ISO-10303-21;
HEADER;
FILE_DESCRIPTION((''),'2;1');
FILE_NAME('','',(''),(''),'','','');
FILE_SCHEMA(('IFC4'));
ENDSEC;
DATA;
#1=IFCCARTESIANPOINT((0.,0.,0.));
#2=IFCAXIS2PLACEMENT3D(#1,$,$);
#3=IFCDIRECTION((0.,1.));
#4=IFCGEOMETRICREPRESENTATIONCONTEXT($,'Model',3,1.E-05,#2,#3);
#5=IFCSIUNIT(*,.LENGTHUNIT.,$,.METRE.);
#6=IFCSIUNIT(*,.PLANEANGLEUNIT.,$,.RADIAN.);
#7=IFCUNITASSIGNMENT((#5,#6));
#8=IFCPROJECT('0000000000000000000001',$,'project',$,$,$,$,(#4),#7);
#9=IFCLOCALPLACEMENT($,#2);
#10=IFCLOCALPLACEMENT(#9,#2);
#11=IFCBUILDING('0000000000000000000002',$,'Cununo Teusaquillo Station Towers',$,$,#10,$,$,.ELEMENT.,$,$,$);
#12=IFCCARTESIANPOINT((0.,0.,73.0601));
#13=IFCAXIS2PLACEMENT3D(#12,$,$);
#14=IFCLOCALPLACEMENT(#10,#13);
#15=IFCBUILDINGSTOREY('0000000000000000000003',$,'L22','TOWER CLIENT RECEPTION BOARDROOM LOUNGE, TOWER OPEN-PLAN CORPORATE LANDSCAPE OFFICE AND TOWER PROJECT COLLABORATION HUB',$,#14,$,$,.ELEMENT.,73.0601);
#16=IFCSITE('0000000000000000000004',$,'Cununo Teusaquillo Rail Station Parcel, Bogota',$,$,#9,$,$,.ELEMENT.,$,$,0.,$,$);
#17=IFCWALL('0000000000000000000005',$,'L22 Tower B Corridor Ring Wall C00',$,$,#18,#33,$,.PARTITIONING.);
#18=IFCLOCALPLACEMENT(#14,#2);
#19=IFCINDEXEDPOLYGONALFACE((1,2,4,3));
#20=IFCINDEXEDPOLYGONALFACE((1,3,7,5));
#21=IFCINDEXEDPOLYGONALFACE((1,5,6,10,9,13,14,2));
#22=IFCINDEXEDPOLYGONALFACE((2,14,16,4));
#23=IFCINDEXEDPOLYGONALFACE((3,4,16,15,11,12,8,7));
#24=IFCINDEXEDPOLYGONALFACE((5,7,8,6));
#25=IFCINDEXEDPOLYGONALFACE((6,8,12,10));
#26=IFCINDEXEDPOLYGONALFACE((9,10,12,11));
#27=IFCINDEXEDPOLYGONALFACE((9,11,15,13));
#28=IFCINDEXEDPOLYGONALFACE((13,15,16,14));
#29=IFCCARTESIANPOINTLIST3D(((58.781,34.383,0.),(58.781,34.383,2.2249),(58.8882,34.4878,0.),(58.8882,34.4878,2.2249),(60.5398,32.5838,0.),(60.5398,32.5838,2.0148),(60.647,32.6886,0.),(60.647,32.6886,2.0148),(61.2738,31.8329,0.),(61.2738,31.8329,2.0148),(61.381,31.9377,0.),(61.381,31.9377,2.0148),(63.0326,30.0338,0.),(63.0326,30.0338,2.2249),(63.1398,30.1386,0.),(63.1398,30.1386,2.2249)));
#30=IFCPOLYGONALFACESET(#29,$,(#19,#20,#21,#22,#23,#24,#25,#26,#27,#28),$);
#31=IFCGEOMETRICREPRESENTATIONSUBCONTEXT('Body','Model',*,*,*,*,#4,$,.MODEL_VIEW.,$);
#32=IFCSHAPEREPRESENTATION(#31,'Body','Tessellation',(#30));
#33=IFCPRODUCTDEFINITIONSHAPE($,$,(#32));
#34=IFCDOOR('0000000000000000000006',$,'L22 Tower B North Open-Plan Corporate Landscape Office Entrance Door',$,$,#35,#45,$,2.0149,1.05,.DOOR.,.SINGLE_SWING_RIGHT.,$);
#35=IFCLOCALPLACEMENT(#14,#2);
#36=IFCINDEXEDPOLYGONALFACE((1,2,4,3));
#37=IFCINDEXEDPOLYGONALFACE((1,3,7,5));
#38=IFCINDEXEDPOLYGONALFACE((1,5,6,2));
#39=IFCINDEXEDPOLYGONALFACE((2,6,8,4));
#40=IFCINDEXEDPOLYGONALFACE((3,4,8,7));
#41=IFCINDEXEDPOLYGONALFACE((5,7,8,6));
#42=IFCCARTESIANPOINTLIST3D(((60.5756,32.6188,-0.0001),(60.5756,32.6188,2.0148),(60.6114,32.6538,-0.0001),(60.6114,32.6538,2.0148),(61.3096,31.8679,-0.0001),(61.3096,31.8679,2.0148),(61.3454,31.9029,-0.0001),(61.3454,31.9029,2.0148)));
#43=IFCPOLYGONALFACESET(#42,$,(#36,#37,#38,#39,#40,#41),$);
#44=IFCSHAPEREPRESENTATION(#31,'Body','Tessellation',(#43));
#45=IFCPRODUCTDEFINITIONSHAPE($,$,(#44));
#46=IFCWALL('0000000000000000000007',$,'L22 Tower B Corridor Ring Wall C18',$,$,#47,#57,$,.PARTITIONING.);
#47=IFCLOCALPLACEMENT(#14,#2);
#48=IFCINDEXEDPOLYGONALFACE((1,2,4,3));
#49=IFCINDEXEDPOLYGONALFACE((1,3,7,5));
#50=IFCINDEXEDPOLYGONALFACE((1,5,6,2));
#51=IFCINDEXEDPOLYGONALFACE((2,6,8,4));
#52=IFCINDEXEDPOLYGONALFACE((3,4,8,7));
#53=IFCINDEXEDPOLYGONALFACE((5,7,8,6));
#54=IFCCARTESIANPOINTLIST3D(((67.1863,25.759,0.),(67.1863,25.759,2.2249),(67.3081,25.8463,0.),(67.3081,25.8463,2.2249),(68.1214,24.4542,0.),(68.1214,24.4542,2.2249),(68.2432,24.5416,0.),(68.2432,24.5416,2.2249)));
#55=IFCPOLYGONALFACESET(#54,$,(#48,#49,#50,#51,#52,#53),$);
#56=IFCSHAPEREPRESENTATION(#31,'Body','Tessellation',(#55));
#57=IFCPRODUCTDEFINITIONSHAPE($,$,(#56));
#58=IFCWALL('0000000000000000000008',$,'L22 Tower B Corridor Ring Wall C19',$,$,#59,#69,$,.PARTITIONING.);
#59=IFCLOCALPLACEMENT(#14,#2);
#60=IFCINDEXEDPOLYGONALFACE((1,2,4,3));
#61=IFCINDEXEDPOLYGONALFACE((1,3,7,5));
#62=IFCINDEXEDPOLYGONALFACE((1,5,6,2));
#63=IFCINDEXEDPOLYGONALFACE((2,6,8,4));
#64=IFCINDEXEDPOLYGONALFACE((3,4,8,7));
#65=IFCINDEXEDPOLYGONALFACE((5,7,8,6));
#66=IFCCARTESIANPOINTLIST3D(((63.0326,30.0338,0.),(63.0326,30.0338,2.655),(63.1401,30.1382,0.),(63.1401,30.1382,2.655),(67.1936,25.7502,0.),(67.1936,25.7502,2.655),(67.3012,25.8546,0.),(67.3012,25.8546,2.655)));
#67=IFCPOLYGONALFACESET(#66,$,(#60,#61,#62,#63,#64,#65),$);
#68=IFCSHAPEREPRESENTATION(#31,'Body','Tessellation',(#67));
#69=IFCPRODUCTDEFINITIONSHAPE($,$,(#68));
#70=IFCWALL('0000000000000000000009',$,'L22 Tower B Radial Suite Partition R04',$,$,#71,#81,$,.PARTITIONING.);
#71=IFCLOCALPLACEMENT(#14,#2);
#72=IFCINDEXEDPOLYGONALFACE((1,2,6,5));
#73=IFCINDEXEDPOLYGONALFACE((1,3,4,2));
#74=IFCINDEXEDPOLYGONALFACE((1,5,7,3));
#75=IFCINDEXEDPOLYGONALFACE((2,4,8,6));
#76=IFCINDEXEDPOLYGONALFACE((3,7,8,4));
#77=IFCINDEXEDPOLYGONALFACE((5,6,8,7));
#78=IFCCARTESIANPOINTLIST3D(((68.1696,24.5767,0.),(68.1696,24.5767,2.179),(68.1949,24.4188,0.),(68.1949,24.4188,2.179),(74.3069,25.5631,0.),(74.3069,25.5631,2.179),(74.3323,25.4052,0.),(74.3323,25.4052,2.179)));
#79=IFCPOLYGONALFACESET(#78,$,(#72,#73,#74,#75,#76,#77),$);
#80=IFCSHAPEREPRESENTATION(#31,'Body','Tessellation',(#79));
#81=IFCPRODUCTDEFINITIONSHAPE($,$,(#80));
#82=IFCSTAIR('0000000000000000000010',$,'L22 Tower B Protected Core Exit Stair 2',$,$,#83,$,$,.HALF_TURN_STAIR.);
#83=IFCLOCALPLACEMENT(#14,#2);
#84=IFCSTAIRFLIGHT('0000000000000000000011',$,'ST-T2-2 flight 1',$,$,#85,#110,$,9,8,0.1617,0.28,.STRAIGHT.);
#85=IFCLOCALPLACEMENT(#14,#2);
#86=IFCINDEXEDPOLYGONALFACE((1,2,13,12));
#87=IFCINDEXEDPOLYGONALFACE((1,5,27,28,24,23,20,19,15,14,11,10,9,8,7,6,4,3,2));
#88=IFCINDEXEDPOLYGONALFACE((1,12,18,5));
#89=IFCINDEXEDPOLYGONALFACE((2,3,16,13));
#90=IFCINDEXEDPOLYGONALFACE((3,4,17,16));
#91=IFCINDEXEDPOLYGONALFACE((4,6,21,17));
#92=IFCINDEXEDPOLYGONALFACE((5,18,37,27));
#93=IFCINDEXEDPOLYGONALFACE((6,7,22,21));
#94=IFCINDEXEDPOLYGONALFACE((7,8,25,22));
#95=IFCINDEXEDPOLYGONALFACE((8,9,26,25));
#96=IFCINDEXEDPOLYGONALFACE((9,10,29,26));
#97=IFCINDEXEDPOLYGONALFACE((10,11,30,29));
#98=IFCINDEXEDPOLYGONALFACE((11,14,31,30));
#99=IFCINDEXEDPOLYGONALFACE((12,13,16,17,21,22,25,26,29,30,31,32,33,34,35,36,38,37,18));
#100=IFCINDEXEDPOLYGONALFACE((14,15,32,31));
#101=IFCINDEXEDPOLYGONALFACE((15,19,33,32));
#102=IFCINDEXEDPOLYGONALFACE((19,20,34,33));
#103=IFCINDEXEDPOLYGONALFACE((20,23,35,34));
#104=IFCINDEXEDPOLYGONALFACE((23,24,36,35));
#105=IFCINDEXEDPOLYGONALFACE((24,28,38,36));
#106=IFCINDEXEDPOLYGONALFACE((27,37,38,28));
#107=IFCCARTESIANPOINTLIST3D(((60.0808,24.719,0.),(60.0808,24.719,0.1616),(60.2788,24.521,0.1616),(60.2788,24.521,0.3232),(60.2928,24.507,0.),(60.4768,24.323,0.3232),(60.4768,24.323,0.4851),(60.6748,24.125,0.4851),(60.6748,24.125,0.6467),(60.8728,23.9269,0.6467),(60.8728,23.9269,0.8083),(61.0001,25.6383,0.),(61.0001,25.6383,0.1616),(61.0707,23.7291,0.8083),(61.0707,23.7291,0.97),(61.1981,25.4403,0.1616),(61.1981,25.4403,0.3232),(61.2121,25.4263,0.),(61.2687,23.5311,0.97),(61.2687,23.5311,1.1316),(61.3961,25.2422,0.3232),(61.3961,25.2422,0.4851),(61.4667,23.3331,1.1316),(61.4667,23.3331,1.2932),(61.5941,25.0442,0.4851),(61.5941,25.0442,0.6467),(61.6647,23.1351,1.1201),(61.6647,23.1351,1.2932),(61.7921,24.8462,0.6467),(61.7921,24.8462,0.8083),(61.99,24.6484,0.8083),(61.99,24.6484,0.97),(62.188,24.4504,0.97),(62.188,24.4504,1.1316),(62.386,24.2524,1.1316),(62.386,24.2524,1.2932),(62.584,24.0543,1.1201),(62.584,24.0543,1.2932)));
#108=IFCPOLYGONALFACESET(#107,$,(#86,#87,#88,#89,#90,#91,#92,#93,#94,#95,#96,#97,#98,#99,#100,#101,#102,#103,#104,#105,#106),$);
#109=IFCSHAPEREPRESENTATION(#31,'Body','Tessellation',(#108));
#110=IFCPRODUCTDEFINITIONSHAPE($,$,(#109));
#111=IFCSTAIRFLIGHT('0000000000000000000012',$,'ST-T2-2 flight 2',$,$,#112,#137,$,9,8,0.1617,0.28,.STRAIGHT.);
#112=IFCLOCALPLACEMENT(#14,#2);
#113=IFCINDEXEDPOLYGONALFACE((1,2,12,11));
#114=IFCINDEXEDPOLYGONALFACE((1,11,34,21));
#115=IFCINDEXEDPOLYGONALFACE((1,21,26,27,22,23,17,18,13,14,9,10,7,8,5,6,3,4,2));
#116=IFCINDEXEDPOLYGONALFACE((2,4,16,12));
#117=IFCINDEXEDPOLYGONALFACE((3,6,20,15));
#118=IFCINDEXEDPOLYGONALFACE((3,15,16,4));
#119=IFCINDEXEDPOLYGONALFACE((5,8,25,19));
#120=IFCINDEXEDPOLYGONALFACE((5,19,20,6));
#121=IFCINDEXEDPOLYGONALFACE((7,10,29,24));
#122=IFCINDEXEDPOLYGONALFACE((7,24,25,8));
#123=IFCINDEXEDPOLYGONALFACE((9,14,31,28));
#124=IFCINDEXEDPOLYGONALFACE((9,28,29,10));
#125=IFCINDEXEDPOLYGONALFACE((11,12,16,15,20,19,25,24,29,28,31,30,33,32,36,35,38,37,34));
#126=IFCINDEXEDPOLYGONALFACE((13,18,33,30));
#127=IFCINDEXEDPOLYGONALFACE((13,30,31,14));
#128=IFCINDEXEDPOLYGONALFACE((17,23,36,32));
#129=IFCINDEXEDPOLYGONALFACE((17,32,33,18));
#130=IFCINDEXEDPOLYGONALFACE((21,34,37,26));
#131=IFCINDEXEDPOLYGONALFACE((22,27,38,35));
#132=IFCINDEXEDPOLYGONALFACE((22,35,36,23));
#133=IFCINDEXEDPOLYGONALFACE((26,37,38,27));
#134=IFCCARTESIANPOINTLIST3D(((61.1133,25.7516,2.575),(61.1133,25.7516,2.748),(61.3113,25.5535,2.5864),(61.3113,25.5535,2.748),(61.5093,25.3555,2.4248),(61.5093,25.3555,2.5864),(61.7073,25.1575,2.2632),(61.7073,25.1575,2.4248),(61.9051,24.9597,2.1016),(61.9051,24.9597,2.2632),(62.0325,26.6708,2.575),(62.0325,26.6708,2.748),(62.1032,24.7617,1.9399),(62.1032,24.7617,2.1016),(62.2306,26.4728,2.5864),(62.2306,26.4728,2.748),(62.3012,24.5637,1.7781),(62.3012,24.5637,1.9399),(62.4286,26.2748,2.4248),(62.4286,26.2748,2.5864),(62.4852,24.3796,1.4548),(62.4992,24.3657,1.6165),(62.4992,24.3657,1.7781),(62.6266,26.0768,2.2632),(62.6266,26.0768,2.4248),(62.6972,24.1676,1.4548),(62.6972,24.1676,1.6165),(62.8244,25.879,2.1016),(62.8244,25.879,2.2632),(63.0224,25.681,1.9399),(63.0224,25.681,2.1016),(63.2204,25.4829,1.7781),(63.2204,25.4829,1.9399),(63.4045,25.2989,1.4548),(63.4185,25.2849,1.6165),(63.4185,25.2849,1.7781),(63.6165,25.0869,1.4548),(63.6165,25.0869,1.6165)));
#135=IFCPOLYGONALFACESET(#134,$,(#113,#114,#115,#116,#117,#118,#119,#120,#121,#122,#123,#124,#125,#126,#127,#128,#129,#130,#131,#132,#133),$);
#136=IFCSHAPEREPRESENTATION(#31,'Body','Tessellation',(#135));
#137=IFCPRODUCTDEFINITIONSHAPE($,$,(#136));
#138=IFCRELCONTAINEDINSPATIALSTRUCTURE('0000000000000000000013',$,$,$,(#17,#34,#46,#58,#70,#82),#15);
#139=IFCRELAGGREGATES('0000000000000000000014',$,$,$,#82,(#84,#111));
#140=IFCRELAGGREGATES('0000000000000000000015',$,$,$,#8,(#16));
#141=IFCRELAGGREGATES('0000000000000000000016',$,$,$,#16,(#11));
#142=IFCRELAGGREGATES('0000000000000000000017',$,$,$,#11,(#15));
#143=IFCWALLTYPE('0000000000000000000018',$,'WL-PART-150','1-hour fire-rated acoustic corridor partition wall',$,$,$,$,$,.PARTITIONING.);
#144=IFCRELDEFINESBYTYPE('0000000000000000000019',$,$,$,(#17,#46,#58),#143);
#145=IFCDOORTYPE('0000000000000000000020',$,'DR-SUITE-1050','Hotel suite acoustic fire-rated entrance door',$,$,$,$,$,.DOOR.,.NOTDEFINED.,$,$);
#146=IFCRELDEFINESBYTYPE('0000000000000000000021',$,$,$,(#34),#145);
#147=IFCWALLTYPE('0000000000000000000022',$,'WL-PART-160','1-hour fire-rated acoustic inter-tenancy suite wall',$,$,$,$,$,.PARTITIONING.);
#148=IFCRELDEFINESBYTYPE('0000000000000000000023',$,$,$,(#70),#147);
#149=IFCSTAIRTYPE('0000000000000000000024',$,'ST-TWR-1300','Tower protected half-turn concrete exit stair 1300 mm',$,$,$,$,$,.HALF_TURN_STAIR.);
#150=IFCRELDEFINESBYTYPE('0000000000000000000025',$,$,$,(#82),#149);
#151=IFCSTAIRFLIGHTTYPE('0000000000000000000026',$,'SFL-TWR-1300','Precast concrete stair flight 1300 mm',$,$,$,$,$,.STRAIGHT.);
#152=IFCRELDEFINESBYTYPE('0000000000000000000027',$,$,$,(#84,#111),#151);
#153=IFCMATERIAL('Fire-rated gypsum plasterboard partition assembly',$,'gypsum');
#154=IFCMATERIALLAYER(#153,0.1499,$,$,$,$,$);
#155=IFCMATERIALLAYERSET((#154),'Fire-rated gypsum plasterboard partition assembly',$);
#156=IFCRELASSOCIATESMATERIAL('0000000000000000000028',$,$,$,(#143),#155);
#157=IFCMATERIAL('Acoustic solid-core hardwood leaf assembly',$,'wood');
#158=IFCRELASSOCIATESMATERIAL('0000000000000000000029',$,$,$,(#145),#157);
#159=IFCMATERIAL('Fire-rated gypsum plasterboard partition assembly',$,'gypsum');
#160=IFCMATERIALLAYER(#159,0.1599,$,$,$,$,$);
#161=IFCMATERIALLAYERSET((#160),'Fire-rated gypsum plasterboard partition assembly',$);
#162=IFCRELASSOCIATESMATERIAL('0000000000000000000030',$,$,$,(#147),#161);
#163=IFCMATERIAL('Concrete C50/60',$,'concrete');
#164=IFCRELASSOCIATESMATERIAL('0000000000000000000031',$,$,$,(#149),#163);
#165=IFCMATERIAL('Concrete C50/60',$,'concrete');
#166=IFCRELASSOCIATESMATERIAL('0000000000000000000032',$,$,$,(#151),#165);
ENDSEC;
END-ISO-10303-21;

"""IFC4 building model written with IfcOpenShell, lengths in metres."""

from ifc_helpers import new_model, si_unit, direction, frame, frame_2d, origin, place, context, subcontext, project, spatial, polyline, rectangle, outline, extrude, source, transform, mapped, material, layer, layer_set, type_object, element, fill, aggregate, save


model = new_model("IFC4")

# Units and contexts
model_context = context("Model", 3, precision=1e-05, world=origin(), true_north=direction((0.0, 1.0)))
body_context = subcontext(model_context, "Body", "Model", "MODEL_VIEW")
ifc_project = project(units=[si_unit("LENGTHUNIT", "METRE"), si_unit("PLANEANGLEUNIT", "RADIAN")], contexts=[model_context])

# Site, building, storey
site_placement = place(None, origin())
site = spatial("IfcSite", under=ifc_project, at=site_placement, Name="Cununo Teusaquillo Rail Station Parcel, Bogota", CompositionType="ELEMENT", RefElevation=0.0)
building_placement = place(site_placement, origin())
building = spatial("IfcBuilding", under=site, at=building_placement, Name="Cununo Teusaquillo Station Towers", CompositionType="ELEMENT")
storey_placement = place(building_placement, frame((0.0, 0.0, 73.0601)))
storey = spatial("IfcBuildingStorey", under=building, at=storey_placement, Name="L22", Description="TOWER CLIENT RECEPTION BOARDROOM LOUNGE, TOWER OPEN-PLAN CORPORATE LANDSCAPE OFFICE AND TOWER PROJECT COLLABORATION HUB", CompositionType="ELEMENT", Elevation=73.0601)

# Wall, opening, door
ifc_material_1 = material(Name="Fire-rated gypsum plasterboard partition assembly", Category="gypsum")
ifc_layer_1 = layer(ifc_material_1, 0.1499)
ifc_layer_set_1 = layer_set([ifc_layer_1], Name="Fire-rated gypsum plasterboard partition assembly")
wall_type_1 = type_object("IfcWallType", Name="WL-PART-150", Description="1-hour fire-rated acoustic corridor partition wall", PredefinedType="PARTITIONING", material=ifc_layer_set_1)
wall_1_placement = place(storey_placement, frame((63.0862, 30.0862, 0.0), z_axis=(0.0, 0.0, 1.0), x_axis=(-0.699033, 0.71509, 0.0)))
wall_1 = element("IfcWall", 1, at=wall_1_placement, inside=storey, type_object=wall_type_1, Name="L22 Tower B Corridor Ring Wall C00", PredefinedType="PARTITIONING", context=body_context, shape_type="SweptSolid", body=[
    extrude(rectangle(XDim=6.082, YDim=0.1499, at=frame_2d((3.041, 0.0))), origin(), (0.0, 0.0, 1.0), 2.2249),
])
shared_shape_1 = source(origin(), body_context, "Body", "SweptSolid", [
    extrude(rectangle(XDim=1.05, YDim=2.0149, at=frame_2d((0.5249, 1.0073))), frame((0.0, 0.085, 0.0), z_axis=(0.0, -1.0, 0.0), x_axis=(1.0, 0.0, 0.0)), (0.0, 0.0, 1.0), 0.1699),
])
opening_1_placement = place(wall_1_placement, frame((2.5161, 0.0, 0.0)))
opening_1 = element("IfcOpeningElement", 2, at=opening_1_placement, cuts=wall_1, PredefinedType="OPENING", context=body_context, shape_type="MappedRepresentation", body=[
    mapped(shared_shape_1, transform((0.0, 0.0, 0.0), x_axis=(1.0, 0.0, 0.0), y_axis=(0.0, 1.0, 0.0), z_axis=(0.0, 0.0, 1.0), scale=1.0)),
])
ifc_material_2 = material(Name="Acoustic solid-core hardwood leaf assembly", Category="wood")
door_type = type_object("IfcDoorType", Name="DR-SUITE-1050", Description="Hotel suite acoustic fire-rated entrance door", OperationType="NOTDEFINED", PredefinedType="DOOR", material=ifc_material_2)
shared_shape_2 = source(origin(), body_context, "Body", "SweptSolid", [
    extrude(rectangle(XDim=1.05, YDim=2.0149, at=frame_2d((0.5249, 1.0073))), frame((0.0, 0.0249, 0.0), z_axis=(0.0, -1.0, 0.0), x_axis=(1.0, 0.0, 0.0)), (0.0, 0.0, 1.0), 0.05),
])
door_placement = place(opening_1_placement, origin())
door = element("IfcDoor", 3, at=door_placement, inside=storey, type_object=door_type, Name="L22 Tower B North Open-Plan Corporate Landscape Office Entrance Door", OperationType="SINGLE_SWING_RIGHT", OverallHeight=2.0149, OverallWidth=1.05, PredefinedType="DOOR", context=body_context, shape_type="MappedRepresentation", body=[
    mapped(shared_shape_2, transform((0.0, 0.0, 0.0), x_axis=(1.0, 0.0, 0.0), y_axis=(0.0, 1.0, 0.0), z_axis=(0.0, 0.0, 1.0), scale=1.0)),
])
fill(opening_1, door)

# Walls
wall_2_placement = place(storey_placement, frame((68.1824, 24.4978, 0.0), z_axis=(0.0, 0.0, 1.0), x_axis=(-0.582532, 0.812808, 0.0)))
element("IfcWall", 4, at=wall_2_placement, inside=storey, type_object=wall_type_1, Name="L22 Tower B Corridor Ring Wall C18", PredefinedType="PARTITIONING", context=body_context, shape_type="SweptSolid", body=[
    extrude(rectangle(XDim=1.6052, YDim=0.1499, at=frame_2d((0.8027, 0.0))), origin(), (0.0, 0.0, 1.0), 2.2249),
])
wall_3_placement = place(storey_placement, frame((67.2473, 25.8025, 0.0), z_axis=(0.0, 0.0, 1.0), x_axis=(-0.696771, 0.717293, 0.0)))
element("IfcWall", 5, at=wall_3_placement, inside=storey, type_object=wall_type_1, Name="L22 Tower B Corridor Ring Wall C19", PredefinedType="PARTITIONING", context=body_context, shape_type="SweptSolid", body=[
    extrude(rectangle(XDim=5.9719, YDim=0.1499, at=frame_2d((2.9858, 0.0))), origin(), (0.0, 0.0, 1.0), 2.655),
])
ifc_material_3 = material(Name="Fire-rated gypsum plasterboard partition assembly", Category="gypsum")
ifc_layer_2 = layer(ifc_material_3, 0.1599)
ifc_layer_set_2 = layer_set([ifc_layer_2], Name="Fire-rated gypsum plasterboard partition assembly")
wall_type_2 = type_object("IfcWallType", Name="WL-PART-160", Description="1-hour fire-rated acoustic inter-tenancy suite wall", PredefinedType="PARTITIONING", material=ifc_layer_set_2)
wall_4_placement = place(storey_placement, frame((68.1824, 24.4978, 0.0), z_axis=(0.0, 0.0, 1.0), x_axis=(0.987331, 0.158677, 0.0)))
element("IfcWall", 6, at=wall_4_placement, inside=storey, type_object=wall_type_2, Name="L22 Tower B Radial Suite Partition R04", PredefinedType="PARTITIONING", context=body_context, shape_type="SweptSolid", body=[
    extrude(rectangle(XDim=6.2161, YDim=0.1599, at=frame_2d((3.1079, 0.0))), origin(), (0.0, 0.0, 1.0), 2.179),
])

# Stair, stair flights
ifc_material_4 = material(Name="Concrete C50/60", Category="concrete")
stair_type = type_object("IfcStairType", Name="ST-TWR-1300", Description="Tower protected half-turn concrete exit stair 1300 mm", PredefinedType="HALF_TURN_STAIR", material=ifc_material_4)
stair_placement = place(storey_placement, origin())
stair = element("IfcStair", 7, at=stair_placement, inside=storey, type_object=stair_type, Name="L22 Tower B Protected Core Exit Stair 2", PredefinedType="HALF_TURN_STAIR")
ifc_material_5 = material(Name="Concrete C50/60", Category="concrete")
stair_flight_type = type_object("IfcStairFlightType", Name="SFL-TWR-1300", Description="Precast concrete stair flight 1300 mm", PredefinedType="STRAIGHT", material=ifc_material_5)
stair_flight_1_placement = place(storey_placement, frame((60.5405, 25.1787, 0.0), z_axis=(0.0, 0.0, 1.0), x_axis=(0.707107, -0.707107, 0.0)))
stair_flight_1 = element("IfcStairFlight", 8, at=stair_flight_1_placement, type_object=stair_flight_type, Name="ST-T2-2 flight 1", NumberOfRisers=9, NumberOfTreads=8, PredefinedType="STRAIGHT", RiserHeight=0.1617, TreadLength=0.28, context=body_context, shape_type="SweptSolid", body=[
    extrude(outline(polyline([(0.0, 0.0), (0.0, 0.1616), (0.28, 0.1616), (0.28, 0.3232), (0.5601, 0.3232), (0.5601, 0.4851), (0.8401, 0.4851), (0.8401, 0.6467), (1.1201, 0.6467), (1.1201, 0.8083), (1.3999, 0.8083), (1.3999, 0.97), (1.6799, 0.97), (1.6799, 1.1316), (1.96, 1.1316), (1.96, 1.2932), (2.24, 1.2932), (2.24, 1.4551), (2.24, 1.1201), (0.2998, 0.0), (0.0, 0.0)])), frame((0.0, 0.6499, 0.0), z_axis=(0.0, -1.0, 0.0), x_axis=(1.0, 0.0, 0.0)), (0.0, 0.0, 1.0), 1.3),
])
stair_flight_2_placement = place(storey_placement, frame((63.1567, 24.6272, 1.4548), z_axis=(0.0, 0.0, 1.0), x_axis=(-0.707107, 0.707107, 0.0)))
stair_flight_2 = element("IfcStairFlight", 9, at=stair_flight_2_placement, type_object=stair_flight_type, Name="ST-T2-2 flight 2", NumberOfRisers=9, NumberOfTreads=8, PredefinedType="STRAIGHT", RiserHeight=0.1617, TreadLength=0.28, context=body_context, shape_type="SweptSolid", body=[
    extrude(outline(polyline([(0.0, 0.0), (0.0, 0.1616), (0.28, 0.1616), (0.28, 0.3232), (0.5601, 0.3232), (0.5601, 0.4851), (0.8401, 0.4851), (0.8401, 0.6467), (1.1201, 0.6467), (1.1201, 0.8083), (1.3999, 0.8083), (1.3999, 0.97), (1.6799, 0.97), (1.6799, 1.1316), (1.96, 1.1316), (1.96, 1.2932), (2.24, 1.2932), (2.24, 1.4551), (2.24, 1.1201), (0.2998, 0.0), (0.0, 0.0)])), frame((0.0, 0.6499, 0.0), z_axis=(0.0, -1.0, 0.0), x_axis=(1.0, 0.0, 0.0)), (0.0, 0.0, 1.0), 1.3),
])
aggregate(stair, [stair_flight_1, stair_flight_2])

save(model, "model.ifc")
